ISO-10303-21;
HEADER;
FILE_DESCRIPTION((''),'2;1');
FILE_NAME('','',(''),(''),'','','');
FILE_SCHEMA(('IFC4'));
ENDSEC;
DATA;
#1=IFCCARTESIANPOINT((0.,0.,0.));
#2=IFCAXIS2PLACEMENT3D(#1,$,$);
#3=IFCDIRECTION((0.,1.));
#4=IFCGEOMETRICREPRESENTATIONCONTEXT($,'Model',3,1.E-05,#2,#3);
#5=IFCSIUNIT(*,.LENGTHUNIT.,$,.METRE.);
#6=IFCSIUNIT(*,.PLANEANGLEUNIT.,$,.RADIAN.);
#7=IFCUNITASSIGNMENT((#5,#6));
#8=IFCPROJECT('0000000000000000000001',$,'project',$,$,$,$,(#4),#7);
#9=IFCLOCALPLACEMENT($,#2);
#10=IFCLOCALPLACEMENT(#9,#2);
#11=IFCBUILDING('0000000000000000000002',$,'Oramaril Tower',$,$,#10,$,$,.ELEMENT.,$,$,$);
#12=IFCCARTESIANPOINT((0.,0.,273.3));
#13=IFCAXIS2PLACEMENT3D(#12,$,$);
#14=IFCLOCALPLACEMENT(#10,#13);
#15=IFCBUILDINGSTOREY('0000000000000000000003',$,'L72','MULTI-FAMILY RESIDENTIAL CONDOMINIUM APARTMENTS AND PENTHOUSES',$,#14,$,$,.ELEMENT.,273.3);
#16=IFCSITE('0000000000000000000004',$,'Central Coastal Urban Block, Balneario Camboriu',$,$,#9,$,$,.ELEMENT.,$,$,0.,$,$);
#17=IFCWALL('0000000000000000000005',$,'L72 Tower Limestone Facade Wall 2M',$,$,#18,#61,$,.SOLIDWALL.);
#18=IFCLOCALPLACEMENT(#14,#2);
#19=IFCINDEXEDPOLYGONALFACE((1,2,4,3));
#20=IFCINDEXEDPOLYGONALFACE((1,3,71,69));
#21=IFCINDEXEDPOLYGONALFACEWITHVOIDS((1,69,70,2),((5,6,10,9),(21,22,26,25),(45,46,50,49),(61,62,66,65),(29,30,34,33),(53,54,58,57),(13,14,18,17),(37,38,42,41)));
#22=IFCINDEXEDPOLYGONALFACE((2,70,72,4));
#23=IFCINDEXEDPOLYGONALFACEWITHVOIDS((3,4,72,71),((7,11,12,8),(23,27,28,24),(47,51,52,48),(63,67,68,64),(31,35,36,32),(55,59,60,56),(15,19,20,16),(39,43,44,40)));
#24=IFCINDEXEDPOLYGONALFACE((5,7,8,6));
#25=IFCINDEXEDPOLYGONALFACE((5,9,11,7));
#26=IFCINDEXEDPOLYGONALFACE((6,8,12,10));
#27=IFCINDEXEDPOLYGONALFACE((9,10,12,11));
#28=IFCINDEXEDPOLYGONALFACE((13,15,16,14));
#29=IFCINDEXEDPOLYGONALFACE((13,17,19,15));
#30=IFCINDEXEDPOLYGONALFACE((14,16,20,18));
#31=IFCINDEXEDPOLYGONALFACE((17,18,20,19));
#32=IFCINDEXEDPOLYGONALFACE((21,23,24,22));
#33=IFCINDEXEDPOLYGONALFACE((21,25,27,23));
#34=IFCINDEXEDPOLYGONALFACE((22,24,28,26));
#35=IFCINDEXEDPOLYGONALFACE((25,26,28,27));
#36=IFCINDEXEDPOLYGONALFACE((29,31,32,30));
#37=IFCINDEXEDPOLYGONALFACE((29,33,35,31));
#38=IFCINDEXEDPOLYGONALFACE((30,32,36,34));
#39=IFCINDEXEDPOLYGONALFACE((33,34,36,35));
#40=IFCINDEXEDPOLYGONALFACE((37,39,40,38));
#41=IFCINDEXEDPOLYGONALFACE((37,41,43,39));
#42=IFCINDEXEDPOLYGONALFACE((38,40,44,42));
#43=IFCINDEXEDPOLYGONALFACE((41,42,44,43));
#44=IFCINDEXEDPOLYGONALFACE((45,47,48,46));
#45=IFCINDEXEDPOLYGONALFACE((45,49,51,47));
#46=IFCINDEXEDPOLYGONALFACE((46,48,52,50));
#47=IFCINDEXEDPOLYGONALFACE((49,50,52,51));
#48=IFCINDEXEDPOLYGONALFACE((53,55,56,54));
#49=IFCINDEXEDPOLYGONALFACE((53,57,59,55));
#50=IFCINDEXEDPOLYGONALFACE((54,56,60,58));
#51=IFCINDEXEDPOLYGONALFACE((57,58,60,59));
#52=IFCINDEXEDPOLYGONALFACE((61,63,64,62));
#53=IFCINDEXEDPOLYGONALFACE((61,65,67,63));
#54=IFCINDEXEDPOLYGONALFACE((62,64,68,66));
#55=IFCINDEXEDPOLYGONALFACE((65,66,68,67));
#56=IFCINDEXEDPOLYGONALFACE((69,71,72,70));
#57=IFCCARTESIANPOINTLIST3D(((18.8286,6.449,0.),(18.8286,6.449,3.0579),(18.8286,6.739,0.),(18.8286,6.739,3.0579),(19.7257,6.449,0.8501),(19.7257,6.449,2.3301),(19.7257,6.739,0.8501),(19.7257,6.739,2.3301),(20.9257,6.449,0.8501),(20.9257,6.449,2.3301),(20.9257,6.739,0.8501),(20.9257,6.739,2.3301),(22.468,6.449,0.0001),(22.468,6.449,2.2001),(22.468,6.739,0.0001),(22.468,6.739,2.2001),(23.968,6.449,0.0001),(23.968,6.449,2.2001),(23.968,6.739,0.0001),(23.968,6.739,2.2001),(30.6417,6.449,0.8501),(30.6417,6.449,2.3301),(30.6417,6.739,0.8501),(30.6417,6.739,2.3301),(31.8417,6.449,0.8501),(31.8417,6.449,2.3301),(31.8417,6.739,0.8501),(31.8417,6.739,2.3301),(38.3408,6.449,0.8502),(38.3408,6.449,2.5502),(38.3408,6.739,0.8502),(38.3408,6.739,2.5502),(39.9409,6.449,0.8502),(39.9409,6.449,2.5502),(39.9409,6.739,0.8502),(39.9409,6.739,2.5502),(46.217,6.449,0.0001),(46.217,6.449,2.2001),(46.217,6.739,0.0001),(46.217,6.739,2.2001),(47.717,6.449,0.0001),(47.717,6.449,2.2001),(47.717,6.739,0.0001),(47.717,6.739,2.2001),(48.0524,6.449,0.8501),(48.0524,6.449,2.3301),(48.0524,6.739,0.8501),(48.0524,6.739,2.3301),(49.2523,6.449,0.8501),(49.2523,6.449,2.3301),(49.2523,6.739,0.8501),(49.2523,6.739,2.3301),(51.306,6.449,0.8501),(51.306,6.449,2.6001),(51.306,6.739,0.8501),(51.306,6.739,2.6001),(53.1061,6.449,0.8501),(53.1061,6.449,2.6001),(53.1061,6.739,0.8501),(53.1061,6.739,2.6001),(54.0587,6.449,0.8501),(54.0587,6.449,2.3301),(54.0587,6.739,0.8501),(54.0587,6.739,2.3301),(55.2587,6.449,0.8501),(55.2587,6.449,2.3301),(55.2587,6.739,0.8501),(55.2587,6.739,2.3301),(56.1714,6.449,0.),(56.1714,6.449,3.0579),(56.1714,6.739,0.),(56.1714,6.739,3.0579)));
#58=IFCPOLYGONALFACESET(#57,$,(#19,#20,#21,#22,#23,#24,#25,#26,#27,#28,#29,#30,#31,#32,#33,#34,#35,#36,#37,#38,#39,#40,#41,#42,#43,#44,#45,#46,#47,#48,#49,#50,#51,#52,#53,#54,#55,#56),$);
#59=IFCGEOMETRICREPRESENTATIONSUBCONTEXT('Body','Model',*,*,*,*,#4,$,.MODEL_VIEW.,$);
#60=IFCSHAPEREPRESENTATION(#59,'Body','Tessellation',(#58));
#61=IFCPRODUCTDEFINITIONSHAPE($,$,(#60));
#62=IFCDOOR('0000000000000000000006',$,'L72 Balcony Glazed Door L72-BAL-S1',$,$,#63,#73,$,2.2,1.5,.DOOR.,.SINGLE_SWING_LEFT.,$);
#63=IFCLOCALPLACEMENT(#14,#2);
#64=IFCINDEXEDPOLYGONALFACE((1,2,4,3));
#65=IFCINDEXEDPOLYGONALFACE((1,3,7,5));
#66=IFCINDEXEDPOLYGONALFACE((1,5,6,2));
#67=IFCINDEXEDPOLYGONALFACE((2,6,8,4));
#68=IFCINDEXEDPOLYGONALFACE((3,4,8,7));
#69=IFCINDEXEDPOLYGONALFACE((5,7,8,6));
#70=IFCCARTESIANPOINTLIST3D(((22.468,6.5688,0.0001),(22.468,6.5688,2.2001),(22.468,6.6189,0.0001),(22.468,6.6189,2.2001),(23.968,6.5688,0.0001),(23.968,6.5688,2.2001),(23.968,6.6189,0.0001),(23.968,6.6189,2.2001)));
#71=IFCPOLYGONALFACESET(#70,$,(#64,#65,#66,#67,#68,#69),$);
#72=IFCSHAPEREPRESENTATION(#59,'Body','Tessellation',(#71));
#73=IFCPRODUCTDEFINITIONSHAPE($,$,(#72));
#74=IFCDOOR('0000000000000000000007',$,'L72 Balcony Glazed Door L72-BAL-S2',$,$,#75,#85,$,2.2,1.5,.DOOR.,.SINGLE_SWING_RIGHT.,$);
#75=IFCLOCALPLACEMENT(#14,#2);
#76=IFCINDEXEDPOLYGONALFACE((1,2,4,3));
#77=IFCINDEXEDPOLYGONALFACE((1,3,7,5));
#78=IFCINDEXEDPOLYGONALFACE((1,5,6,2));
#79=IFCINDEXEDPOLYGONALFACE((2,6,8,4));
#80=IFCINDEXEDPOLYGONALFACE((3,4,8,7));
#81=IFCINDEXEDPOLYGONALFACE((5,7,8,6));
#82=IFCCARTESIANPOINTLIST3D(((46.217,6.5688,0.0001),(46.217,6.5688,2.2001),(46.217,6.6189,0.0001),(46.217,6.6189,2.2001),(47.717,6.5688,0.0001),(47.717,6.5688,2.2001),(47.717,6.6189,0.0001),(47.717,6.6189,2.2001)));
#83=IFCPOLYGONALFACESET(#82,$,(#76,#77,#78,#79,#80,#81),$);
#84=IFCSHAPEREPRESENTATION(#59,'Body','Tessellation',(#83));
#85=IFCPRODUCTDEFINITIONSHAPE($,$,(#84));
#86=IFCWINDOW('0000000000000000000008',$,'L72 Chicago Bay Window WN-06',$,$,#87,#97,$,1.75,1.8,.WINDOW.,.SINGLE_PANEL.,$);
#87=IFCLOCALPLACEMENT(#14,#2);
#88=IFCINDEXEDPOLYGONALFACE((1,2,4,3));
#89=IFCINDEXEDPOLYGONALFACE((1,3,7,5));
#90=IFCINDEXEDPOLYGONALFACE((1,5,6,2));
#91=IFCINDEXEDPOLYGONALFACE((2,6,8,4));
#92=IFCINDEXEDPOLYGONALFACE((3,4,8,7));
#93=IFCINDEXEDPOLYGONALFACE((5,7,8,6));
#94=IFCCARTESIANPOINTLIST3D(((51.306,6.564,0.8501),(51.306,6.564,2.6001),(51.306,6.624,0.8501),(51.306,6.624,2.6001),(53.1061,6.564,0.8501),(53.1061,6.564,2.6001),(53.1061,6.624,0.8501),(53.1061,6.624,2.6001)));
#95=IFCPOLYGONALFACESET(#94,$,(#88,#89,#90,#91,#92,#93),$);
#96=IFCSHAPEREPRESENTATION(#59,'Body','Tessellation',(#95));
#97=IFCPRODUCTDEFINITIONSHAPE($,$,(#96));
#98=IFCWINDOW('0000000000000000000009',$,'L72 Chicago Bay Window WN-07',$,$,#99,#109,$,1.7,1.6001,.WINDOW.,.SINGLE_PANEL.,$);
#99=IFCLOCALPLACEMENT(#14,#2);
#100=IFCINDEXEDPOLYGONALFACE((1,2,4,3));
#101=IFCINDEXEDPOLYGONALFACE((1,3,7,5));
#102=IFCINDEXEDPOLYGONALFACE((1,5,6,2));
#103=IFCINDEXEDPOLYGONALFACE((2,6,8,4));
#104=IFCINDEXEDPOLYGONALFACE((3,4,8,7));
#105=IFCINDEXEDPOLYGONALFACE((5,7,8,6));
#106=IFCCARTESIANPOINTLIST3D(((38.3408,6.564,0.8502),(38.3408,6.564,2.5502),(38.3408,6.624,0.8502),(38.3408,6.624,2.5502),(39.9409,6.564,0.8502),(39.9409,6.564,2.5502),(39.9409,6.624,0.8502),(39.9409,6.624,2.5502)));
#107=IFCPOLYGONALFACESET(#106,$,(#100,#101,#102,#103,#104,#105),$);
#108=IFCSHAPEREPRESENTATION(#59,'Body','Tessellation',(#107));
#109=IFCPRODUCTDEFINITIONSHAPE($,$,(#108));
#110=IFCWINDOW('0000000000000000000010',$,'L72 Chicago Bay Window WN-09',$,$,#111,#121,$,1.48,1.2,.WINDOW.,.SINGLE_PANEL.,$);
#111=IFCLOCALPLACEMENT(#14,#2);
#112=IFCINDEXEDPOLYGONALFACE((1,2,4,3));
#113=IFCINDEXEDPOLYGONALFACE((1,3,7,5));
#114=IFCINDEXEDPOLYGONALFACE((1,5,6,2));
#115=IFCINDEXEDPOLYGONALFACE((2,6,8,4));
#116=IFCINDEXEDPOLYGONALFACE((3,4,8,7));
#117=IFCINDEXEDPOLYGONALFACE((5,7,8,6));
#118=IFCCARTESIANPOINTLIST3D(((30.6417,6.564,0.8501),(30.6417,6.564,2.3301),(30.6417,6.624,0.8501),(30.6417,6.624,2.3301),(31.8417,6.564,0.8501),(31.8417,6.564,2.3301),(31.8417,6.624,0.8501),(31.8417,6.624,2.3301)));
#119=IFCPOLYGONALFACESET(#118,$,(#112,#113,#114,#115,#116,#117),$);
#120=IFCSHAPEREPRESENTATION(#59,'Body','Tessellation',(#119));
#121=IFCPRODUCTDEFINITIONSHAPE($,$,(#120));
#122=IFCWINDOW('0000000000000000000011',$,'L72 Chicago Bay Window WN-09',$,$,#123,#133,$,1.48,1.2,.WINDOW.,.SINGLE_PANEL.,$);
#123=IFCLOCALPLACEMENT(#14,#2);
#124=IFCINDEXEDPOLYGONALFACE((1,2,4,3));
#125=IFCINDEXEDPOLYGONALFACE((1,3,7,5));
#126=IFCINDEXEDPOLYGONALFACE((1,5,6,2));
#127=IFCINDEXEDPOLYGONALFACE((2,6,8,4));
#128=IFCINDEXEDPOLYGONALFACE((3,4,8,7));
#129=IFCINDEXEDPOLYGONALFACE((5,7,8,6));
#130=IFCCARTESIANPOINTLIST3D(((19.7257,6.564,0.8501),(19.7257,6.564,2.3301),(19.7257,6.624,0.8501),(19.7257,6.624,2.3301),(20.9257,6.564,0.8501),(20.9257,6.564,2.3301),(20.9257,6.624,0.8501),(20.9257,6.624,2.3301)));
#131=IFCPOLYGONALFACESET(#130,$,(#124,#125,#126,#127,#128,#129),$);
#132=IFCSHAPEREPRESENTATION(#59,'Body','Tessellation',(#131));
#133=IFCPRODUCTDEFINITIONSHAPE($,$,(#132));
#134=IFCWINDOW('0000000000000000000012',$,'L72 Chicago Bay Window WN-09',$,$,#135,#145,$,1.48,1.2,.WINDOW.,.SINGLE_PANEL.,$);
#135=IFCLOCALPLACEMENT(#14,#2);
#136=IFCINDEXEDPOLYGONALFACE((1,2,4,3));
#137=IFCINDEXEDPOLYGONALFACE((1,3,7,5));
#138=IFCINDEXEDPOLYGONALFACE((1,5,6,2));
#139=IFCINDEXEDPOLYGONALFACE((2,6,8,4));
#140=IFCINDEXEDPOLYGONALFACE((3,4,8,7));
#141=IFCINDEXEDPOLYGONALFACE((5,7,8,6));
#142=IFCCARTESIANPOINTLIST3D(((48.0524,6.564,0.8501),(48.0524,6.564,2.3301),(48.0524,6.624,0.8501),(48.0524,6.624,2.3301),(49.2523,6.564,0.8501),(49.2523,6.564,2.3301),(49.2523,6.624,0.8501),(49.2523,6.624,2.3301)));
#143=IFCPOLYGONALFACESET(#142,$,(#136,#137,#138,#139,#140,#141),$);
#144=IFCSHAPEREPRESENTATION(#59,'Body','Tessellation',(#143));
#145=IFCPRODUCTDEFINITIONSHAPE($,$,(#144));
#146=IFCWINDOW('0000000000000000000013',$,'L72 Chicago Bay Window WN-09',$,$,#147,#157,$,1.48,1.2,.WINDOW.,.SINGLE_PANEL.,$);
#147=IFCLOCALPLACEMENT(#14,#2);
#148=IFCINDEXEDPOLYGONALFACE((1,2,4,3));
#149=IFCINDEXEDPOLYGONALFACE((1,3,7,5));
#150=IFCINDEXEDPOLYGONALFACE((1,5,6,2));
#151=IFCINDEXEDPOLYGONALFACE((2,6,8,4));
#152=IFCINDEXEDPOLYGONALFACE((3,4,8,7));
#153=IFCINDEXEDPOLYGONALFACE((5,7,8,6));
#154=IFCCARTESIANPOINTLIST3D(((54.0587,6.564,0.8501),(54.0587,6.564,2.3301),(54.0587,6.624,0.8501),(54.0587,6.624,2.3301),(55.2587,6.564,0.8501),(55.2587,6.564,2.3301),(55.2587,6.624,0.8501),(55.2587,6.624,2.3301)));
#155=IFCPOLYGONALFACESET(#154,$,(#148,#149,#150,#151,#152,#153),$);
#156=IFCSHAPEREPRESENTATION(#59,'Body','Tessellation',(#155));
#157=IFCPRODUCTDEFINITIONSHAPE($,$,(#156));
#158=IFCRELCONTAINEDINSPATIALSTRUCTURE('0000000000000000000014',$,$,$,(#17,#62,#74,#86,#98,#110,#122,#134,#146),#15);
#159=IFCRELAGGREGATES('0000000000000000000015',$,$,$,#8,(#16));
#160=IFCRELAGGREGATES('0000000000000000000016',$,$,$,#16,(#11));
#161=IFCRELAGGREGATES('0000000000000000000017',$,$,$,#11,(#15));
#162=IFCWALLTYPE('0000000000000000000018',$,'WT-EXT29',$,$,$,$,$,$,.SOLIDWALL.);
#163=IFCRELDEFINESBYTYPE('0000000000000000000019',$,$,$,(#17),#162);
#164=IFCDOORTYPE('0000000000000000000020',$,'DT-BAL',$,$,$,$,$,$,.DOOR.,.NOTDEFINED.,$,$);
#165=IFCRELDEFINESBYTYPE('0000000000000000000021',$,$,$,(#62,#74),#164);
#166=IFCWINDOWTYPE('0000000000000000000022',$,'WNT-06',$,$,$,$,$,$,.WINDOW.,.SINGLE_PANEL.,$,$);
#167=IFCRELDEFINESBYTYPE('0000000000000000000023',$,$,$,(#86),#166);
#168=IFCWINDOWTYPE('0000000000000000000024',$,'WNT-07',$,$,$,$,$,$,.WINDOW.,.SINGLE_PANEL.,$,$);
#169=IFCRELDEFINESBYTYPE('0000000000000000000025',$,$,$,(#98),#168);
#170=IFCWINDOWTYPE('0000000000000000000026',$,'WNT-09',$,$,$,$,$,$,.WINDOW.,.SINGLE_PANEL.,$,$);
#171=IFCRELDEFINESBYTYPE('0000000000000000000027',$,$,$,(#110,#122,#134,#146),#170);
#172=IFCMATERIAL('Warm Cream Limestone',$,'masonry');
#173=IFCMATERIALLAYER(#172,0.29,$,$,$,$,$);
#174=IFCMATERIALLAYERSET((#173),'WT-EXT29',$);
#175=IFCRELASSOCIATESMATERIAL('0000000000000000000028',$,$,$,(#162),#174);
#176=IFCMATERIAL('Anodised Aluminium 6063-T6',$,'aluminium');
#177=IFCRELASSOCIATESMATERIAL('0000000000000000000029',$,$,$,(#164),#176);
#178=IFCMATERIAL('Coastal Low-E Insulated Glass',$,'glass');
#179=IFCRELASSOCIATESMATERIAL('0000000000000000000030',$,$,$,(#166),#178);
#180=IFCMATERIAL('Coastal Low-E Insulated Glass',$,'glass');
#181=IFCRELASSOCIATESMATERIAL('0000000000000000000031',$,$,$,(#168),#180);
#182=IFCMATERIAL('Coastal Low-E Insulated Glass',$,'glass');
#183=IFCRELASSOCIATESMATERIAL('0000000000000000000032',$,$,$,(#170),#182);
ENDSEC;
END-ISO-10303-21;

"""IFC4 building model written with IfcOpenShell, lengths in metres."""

from ifc_helpers import new_model, si_unit, direction, frame, frame_2d, origin, place, context, subcontext, project, spatial, rectangle, extrude, material, layer, layer_set, type_object, element, fill, save


model = new_model("IFC4")

# Units and contexts
model_context = context("Model", 3, precision=1e-05, world=origin(), true_north=direction((0.0, 1.0)))
body_context = subcontext(model_context, "Body", "Model", "MODEL_VIEW")
ifc_project = project(units=[si_unit("LENGTHUNIT", "METRE"), si_unit("PLANEANGLEUNIT", "RADIAN")], contexts=[model_context])

# Site, building, storey
site_placement = place(None, origin())
site = spatial("IfcSite", under=ifc_project, at=site_placement, Name="Central Coastal Urban Block, Balneario Camboriu", CompositionType="ELEMENT", RefElevation=0.0)
building_placement = place(site_placement, origin())
building = spatial("IfcBuilding", under=site, at=building_placement, Name="Oramaril Tower", CompositionType="ELEMENT")
storey_placement = place(building_placement, frame((0.0, 0.0, 273.3)))
storey = spatial("IfcBuildingStorey", under=building, at=storey_placement, Name="L72", Description="MULTI-FAMILY RESIDENTIAL CONDOMINIUM APARTMENTS AND PENTHOUSES", CompositionType="ELEMENT", Elevation=273.3)

# Wall, openings, doors, windows
ifc_material_1 = material(Name="Warm Cream Limestone", Category="masonry")
ifc_layer_1 = layer(ifc_material_1, 0.29)
ifc_layer_set_1 = layer_set([ifc_layer_1], Name="WT-EXT29")
wall_type_1 = type_object("IfcWallType", Name="WT-EXT29", PredefinedType="SOLIDWALL", material=ifc_layer_set_1)
wall_1_placement = place(storey_placement, frame((18.8286, 6.594, 0.0), z_axis=(0.0, 0.0, 1.0), x_axis=(1.0, 0.0, 0.0)))
wall_1 = element("IfcWall", 1, at=wall_1_placement, inside=storey, type_object=wall_type_1, Name="L72 Tower Limestone Facade Wall 2M", PredefinedType="SOLIDWALL", context=body_context, shape_type="SweptSolid", body=[
    extrude(rectangle(XDim=37.3428, YDim=0.29, at=frame_2d((18.6714, 0.0))), origin(), (0.0, 0.0, 1.0), 3.0579),
])
opening_1_placement = place(wall_1_placement, frame((3.6394, 0.0, 0.0)))
opening_1 = element("IfcOpeningElement", 2, at=opening_1_placement, cuts=wall_1, PredefinedType="OPENING", context=body_context, shape_type="SweptSolid", body=[
    extrude(rectangle(XDim=1.5, YDim=2.2, at=frame_2d((0.75, 1.1001))), frame((0.0, 0.145, 0.0), z_axis=(0.0, -1.0, 0.0), x_axis=(1.0, 0.0, 0.0)), (0.0, 0.0, 1.0), 0.29),
])
opening_2_placement = place(wall_1_placement, frame((27.3884, 0.0, 0.0)))
opening_2 = element("IfcOpeningElement", 3, at=opening_2_placement, cuts=wall_1, PredefinedType="OPENING", context=body_context, shape_type="SweptSolid", body=[
    extrude(rectangle(XDim=1.5, YDim=2.2, at=frame_2d((0.75, 1.1001))), frame((0.0, 0.145, 0.0), z_axis=(0.0, -1.0, 0.0), x_axis=(1.0, 0.0, 0.0)), (0.0, 0.0, 1.0), 0.29),
])
opening_3_placement = place(wall_1_placement, frame((11.813, 0.0, 0.8501)))
opening_3 = element("IfcOpeningElement", 4, at=opening_3_placement, cuts=wall_1, PredefinedType="OPENING", context=body_context, shape_type="SweptSolid", body=[
    extrude(rectangle(XDim=1.2, YDim=1.48, at=frame_2d((0.6001, 0.74))), frame((0.0, 0.145, 0.0), z_axis=(0.0, -1.0, 0.0), x_axis=(1.0, 0.0, 0.0)), (0.0, 0.0, 1.0), 0.29),
])
opening_4_placement = place(wall_1_placement, frame((0.897, 0.0, 0.8501)))
opening_4 = element("IfcOpeningElement", 5, at=opening_4_placement, cuts=wall_1, PredefinedType="OPENING", context=body_context, shape_type="SweptSolid", body=[
    extrude(rectangle(XDim=1.2, YDim=1.48, at=frame_2d((0.6001, 0.74))), frame((0.0, 0.145, 0.0), z_axis=(0.0, -1.0, 0.0), x_axis=(1.0, 0.0, 0.0)), (0.0, 0.0, 1.0), 0.29),
])
opening_5_placement = place(wall_1_placement, frame((19.5122, 0.0, 0.8501)))
opening_5 = element("IfcOpeningElement", 6, at=opening_5_placement, cuts=wall_1, PredefinedType="OPENING", context=body_context, shape_type="SweptSolid", body=[
    extrude(rectangle(XDim=1.6001, YDim=1.7, at=frame_2d((0.8, 0.8501))), frame((0.0, 0.145, 0.0), z_axis=(0.0, -1.0, 0.0), x_axis=(1.0, 0.0, 0.0)), (0.0, 0.0, 1.0), 0.29),
])
opening_6_placement = place(wall_1_placement, frame((29.2236, 0.0, 0.8501)))
opening_6 = element("IfcOpeningElement", 7, at=opening_6_placement, cuts=wall_1, PredefinedType="OPENING", context=body_context, shape_type="SweptSolid", body=[
    extrude(rectangle(XDim=1.2, YDim=1.48, at=frame_2d((0.6001, 0.74))), frame((0.0, 0.145, 0.0), z_axis=(0.0, -1.0, 0.0), x_axis=(1.0, 0.0, 0.0)), (0.0, 0.0, 1.0), 0.29),
])
opening_7_placement = place(wall_1_placement, frame((32.4775, 0.0, 0.8501)))
opening_7 = element("IfcOpeningElement", 8, at=opening_7_placement, cuts=wall_1, PredefinedType="OPENING", context=body_context, shape_type="SweptSolid", body=[
    extrude(rectangle(XDim=1.8, YDim=1.75, at=frame_2d((0.8999, 0.875))), frame((0.0, 0.145, 0.0), z_axis=(0.0, -1.0, 0.0), x_axis=(1.0, 0.0, 0.0)), (0.0, 0.0, 1.0), 0.29),
])
opening_8_placement = place(wall_1_placement, frame((35.23, 0.0, 0.8501)))
opening_8 = element("IfcOpeningElement", 9, at=opening_8_placement, cuts=wall_1, PredefinedType="OPENING", context=body_context, shape_type="SweptSolid", body=[
    extrude(rectangle(XDim=1.2, YDim=1.48, at=frame_2d((0.6001, 0.74))), frame((0.0, 0.145, 0.0), z_axis=(0.0, -1.0, 0.0), x_axis=(1.0, 0.0, 0.0)), (0.0, 0.0, 1.0), 0.29),
])
ifc_material_2 = material(Name="Anodised Aluminium 6063-T6", Category="aluminium")
door_type_1 = type_object("IfcDoorType", Name="DT-BAL", OperationType="NOTDEFINED", PredefinedType="DOOR", material=ifc_material_2)
door_1_placement = place(opening_1_placement, origin())
door_1 = element("IfcDoor", 10, at=door_1_placement, inside=storey, type_object=door_type_1, Name="L72 Balcony Glazed Door L72-BAL-S1", OperationType="SINGLE_SWING_LEFT", OverallHeight=2.2, OverallWidth=1.5, PredefinedType="DOOR", context=body_context, shape_type="SweptSolid", body=[
    extrude(rectangle(XDim=1.5, YDim=2.2, at=frame_2d((0.75, 1.1001))), frame((0.0, 0.0249, 0.0), z_axis=(0.0, -1.0, 0.0), x_axis=(1.0, 0.0, 0.0)), (0.0, 0.0, 1.0), 0.05),
])
fill(opening_1, door_1)
door_2_placement = place(opening_2_placement, origin())
door_2 = element("IfcDoor", 11, at=door_2_placement, inside=storey, type_object=door_type_1, Name="L72 Balcony Glazed Door L72-BAL-S2", OperationType="SINGLE_SWING_RIGHT", OverallHeight=2.2, OverallWidth=1.5, PredefinedType="DOOR", context=body_context, shape_type="SweptSolid", body=[
    extrude(rectangle(XDim=1.5, YDim=2.2, at=frame_2d((0.75, 1.1001))), frame((0.0, 0.0249, 0.0), z_axis=(0.0, -1.0, 0.0), x_axis=(1.0, 0.0, 0.0)), (0.0, 0.0, 1.0), 0.05),
])
fill(opening_2, door_2)
ifc_material_3 = material(Name="Coastal Low-E Insulated Glass", Category="glass")
window_type_1 = type_object("IfcWindowType", Name="WNT-06", PartitioningType="SINGLE_PANEL", PredefinedType="WINDOW", material=ifc_material_3)
window_1_placement = place(opening_7_placement, origin())
window_1 = element("IfcWindow", 12, at=window_1_placement, inside=storey, type_object=window_type_1, Name="L72 Chicago Bay Window WN-06", OverallHeight=1.75, OverallWidth=1.8, PartitioningType="SINGLE_PANEL", PredefinedType="WINDOW", context=body_context, shape_type="SweptSolid", body=[
    extrude(rectangle(XDim=1.8, YDim=1.75, at=frame_2d((0.8999, 0.875))), frame((0.0, 0.03, 0.0), z_axis=(0.0, -1.0, 0.0), x_axis=(1.0, 0.0, 0.0)), (0.0, 0.0, 1.0), 0.0601),
])
fill(opening_7, window_1)
ifc_material_4 = material(Name="Coastal Low-E Insulated Glass", Category="glass")
window_type_2 = type_object("IfcWindowType", Name="WNT-07", PartitioningType="SINGLE_PANEL", PredefinedType="WINDOW", material=ifc_material_4)
window_2_placement = place(opening_5_placement, origin())
window_2 = element("IfcWindow", 13, at=window_2_placement, inside=storey, type_object=window_type_2, Name="L72 Chicago Bay Window WN-07", OverallHeight=1.7, OverallWidth=1.6001, PartitioningType="SINGLE_PANEL", PredefinedType="WINDOW", context=body_context, shape_type="SweptSolid", body=[
    extrude(rectangle(XDim=1.6001, YDim=1.7, at=frame_2d((0.8, 0.8501))), frame((0.0, 0.03, 0.0), z_axis=(0.0, -1.0, 0.0), x_axis=(1.0, 0.0, 0.0)), (0.0, 0.0, 1.0), 0.0601),
])
fill(opening_5, window_2)
ifc_material_5 = material(Name="Coastal Low-E Insulated Glass", Category="glass")
window_type_3 = type_object("IfcWindowType", Name="WNT-09", PartitioningType="SINGLE_PANEL", PredefinedType="WINDOW", material=ifc_material_5)
window_3_placement = place(opening_3_placement, origin())
window_3 = element("IfcWindow", 14, at=window_3_placement, inside=storey, type_object=window_type_3, Name="L72 Chicago Bay Window WN-09", OverallHeight=1.48, OverallWidth=1.2, PartitioningType="SINGLE_PANEL", PredefinedType="WINDOW", context=body_context, shape_type="SweptSolid", body=[
    extrude(rectangle(XDim=1.2, YDim=1.48, at=frame_2d((0.6001, 0.74))), frame((0.0, 0.03, 0.0), z_axis=(0.0, -1.0, 0.0), x_axis=(1.0, 0.0, 0.0)), (0.0, 0.0, 1.0), 0.0601),
])
fill(opening_3, window_3)
window_4_placement = place(opening_4_placement, origin())
window_4 = element("IfcWindow", 15, at=window_4_placement, inside=storey, type_object=window_type_3, Name="L72 Chicago Bay Window WN-09", OverallHeight=1.48, OverallWidth=1.2, PartitioningType="SINGLE_PANEL", PredefinedType="WINDOW", context=body_context, shape_type="SweptSolid", body=[
    extrude(rectangle(XDim=1.2, YDim=1.48, at=frame_2d((0.6001, 0.74))), frame((0.0, 0.03, 0.0), z_axis=(0.0, -1.0, 0.0), x_axis=(1.0, 0.0, 0.0)), (0.0, 0.0, 1.0), 0.0601),
])
fill(opening_4, window_4)
window_5_placement = place(opening_6_placement, origin())
window_5 = element("IfcWindow", 16, at=window_5_placement, inside=storey, type_object=window_type_3, Name="L72 Chicago Bay Window WN-09", OverallHeight=1.48, OverallWidth=1.2, PartitioningType="SINGLE_PANEL", PredefinedType="WINDOW", context=body_context, shape_type="SweptSolid", body=[
    extrude(rectangle(XDim=1.2, YDim=1.48, at=frame_2d((0.6001, 0.74))), frame((0.0, 0.03, 0.0), z_axis=(0.0, -1.0, 0.0), x_axis=(1.0, 0.0, 0.0)), (0.0, 0.0, 1.0), 0.0601),
])
fill(opening_6, window_5)
window_6_placement = place(opening_8_placement, origin())
window_6 = element("IfcWindow", 17, at=window_6_placement, inside=storey, type_object=window_type_3, Name="L72 Chicago Bay Window WN-09", OverallHeight=1.48, OverallWidth=1.2, PartitioningType="SINGLE_PANEL", PredefinedType="WINDOW", context=body_context, shape_type="SweptSolid", body=[
    extrude(rectangle(XDim=1.2, YDim=1.48, at=frame_2d((0.6001, 0.74))), frame((0.0, 0.03, 0.0), z_axis=(0.0, -1.0, 0.0), x_axis=(1.0, 0.0, 0.0)), (0.0, 0.0, 1.0), 0.0601),
])
fill(opening_8, window_6)

save(model, "model.ifc")
